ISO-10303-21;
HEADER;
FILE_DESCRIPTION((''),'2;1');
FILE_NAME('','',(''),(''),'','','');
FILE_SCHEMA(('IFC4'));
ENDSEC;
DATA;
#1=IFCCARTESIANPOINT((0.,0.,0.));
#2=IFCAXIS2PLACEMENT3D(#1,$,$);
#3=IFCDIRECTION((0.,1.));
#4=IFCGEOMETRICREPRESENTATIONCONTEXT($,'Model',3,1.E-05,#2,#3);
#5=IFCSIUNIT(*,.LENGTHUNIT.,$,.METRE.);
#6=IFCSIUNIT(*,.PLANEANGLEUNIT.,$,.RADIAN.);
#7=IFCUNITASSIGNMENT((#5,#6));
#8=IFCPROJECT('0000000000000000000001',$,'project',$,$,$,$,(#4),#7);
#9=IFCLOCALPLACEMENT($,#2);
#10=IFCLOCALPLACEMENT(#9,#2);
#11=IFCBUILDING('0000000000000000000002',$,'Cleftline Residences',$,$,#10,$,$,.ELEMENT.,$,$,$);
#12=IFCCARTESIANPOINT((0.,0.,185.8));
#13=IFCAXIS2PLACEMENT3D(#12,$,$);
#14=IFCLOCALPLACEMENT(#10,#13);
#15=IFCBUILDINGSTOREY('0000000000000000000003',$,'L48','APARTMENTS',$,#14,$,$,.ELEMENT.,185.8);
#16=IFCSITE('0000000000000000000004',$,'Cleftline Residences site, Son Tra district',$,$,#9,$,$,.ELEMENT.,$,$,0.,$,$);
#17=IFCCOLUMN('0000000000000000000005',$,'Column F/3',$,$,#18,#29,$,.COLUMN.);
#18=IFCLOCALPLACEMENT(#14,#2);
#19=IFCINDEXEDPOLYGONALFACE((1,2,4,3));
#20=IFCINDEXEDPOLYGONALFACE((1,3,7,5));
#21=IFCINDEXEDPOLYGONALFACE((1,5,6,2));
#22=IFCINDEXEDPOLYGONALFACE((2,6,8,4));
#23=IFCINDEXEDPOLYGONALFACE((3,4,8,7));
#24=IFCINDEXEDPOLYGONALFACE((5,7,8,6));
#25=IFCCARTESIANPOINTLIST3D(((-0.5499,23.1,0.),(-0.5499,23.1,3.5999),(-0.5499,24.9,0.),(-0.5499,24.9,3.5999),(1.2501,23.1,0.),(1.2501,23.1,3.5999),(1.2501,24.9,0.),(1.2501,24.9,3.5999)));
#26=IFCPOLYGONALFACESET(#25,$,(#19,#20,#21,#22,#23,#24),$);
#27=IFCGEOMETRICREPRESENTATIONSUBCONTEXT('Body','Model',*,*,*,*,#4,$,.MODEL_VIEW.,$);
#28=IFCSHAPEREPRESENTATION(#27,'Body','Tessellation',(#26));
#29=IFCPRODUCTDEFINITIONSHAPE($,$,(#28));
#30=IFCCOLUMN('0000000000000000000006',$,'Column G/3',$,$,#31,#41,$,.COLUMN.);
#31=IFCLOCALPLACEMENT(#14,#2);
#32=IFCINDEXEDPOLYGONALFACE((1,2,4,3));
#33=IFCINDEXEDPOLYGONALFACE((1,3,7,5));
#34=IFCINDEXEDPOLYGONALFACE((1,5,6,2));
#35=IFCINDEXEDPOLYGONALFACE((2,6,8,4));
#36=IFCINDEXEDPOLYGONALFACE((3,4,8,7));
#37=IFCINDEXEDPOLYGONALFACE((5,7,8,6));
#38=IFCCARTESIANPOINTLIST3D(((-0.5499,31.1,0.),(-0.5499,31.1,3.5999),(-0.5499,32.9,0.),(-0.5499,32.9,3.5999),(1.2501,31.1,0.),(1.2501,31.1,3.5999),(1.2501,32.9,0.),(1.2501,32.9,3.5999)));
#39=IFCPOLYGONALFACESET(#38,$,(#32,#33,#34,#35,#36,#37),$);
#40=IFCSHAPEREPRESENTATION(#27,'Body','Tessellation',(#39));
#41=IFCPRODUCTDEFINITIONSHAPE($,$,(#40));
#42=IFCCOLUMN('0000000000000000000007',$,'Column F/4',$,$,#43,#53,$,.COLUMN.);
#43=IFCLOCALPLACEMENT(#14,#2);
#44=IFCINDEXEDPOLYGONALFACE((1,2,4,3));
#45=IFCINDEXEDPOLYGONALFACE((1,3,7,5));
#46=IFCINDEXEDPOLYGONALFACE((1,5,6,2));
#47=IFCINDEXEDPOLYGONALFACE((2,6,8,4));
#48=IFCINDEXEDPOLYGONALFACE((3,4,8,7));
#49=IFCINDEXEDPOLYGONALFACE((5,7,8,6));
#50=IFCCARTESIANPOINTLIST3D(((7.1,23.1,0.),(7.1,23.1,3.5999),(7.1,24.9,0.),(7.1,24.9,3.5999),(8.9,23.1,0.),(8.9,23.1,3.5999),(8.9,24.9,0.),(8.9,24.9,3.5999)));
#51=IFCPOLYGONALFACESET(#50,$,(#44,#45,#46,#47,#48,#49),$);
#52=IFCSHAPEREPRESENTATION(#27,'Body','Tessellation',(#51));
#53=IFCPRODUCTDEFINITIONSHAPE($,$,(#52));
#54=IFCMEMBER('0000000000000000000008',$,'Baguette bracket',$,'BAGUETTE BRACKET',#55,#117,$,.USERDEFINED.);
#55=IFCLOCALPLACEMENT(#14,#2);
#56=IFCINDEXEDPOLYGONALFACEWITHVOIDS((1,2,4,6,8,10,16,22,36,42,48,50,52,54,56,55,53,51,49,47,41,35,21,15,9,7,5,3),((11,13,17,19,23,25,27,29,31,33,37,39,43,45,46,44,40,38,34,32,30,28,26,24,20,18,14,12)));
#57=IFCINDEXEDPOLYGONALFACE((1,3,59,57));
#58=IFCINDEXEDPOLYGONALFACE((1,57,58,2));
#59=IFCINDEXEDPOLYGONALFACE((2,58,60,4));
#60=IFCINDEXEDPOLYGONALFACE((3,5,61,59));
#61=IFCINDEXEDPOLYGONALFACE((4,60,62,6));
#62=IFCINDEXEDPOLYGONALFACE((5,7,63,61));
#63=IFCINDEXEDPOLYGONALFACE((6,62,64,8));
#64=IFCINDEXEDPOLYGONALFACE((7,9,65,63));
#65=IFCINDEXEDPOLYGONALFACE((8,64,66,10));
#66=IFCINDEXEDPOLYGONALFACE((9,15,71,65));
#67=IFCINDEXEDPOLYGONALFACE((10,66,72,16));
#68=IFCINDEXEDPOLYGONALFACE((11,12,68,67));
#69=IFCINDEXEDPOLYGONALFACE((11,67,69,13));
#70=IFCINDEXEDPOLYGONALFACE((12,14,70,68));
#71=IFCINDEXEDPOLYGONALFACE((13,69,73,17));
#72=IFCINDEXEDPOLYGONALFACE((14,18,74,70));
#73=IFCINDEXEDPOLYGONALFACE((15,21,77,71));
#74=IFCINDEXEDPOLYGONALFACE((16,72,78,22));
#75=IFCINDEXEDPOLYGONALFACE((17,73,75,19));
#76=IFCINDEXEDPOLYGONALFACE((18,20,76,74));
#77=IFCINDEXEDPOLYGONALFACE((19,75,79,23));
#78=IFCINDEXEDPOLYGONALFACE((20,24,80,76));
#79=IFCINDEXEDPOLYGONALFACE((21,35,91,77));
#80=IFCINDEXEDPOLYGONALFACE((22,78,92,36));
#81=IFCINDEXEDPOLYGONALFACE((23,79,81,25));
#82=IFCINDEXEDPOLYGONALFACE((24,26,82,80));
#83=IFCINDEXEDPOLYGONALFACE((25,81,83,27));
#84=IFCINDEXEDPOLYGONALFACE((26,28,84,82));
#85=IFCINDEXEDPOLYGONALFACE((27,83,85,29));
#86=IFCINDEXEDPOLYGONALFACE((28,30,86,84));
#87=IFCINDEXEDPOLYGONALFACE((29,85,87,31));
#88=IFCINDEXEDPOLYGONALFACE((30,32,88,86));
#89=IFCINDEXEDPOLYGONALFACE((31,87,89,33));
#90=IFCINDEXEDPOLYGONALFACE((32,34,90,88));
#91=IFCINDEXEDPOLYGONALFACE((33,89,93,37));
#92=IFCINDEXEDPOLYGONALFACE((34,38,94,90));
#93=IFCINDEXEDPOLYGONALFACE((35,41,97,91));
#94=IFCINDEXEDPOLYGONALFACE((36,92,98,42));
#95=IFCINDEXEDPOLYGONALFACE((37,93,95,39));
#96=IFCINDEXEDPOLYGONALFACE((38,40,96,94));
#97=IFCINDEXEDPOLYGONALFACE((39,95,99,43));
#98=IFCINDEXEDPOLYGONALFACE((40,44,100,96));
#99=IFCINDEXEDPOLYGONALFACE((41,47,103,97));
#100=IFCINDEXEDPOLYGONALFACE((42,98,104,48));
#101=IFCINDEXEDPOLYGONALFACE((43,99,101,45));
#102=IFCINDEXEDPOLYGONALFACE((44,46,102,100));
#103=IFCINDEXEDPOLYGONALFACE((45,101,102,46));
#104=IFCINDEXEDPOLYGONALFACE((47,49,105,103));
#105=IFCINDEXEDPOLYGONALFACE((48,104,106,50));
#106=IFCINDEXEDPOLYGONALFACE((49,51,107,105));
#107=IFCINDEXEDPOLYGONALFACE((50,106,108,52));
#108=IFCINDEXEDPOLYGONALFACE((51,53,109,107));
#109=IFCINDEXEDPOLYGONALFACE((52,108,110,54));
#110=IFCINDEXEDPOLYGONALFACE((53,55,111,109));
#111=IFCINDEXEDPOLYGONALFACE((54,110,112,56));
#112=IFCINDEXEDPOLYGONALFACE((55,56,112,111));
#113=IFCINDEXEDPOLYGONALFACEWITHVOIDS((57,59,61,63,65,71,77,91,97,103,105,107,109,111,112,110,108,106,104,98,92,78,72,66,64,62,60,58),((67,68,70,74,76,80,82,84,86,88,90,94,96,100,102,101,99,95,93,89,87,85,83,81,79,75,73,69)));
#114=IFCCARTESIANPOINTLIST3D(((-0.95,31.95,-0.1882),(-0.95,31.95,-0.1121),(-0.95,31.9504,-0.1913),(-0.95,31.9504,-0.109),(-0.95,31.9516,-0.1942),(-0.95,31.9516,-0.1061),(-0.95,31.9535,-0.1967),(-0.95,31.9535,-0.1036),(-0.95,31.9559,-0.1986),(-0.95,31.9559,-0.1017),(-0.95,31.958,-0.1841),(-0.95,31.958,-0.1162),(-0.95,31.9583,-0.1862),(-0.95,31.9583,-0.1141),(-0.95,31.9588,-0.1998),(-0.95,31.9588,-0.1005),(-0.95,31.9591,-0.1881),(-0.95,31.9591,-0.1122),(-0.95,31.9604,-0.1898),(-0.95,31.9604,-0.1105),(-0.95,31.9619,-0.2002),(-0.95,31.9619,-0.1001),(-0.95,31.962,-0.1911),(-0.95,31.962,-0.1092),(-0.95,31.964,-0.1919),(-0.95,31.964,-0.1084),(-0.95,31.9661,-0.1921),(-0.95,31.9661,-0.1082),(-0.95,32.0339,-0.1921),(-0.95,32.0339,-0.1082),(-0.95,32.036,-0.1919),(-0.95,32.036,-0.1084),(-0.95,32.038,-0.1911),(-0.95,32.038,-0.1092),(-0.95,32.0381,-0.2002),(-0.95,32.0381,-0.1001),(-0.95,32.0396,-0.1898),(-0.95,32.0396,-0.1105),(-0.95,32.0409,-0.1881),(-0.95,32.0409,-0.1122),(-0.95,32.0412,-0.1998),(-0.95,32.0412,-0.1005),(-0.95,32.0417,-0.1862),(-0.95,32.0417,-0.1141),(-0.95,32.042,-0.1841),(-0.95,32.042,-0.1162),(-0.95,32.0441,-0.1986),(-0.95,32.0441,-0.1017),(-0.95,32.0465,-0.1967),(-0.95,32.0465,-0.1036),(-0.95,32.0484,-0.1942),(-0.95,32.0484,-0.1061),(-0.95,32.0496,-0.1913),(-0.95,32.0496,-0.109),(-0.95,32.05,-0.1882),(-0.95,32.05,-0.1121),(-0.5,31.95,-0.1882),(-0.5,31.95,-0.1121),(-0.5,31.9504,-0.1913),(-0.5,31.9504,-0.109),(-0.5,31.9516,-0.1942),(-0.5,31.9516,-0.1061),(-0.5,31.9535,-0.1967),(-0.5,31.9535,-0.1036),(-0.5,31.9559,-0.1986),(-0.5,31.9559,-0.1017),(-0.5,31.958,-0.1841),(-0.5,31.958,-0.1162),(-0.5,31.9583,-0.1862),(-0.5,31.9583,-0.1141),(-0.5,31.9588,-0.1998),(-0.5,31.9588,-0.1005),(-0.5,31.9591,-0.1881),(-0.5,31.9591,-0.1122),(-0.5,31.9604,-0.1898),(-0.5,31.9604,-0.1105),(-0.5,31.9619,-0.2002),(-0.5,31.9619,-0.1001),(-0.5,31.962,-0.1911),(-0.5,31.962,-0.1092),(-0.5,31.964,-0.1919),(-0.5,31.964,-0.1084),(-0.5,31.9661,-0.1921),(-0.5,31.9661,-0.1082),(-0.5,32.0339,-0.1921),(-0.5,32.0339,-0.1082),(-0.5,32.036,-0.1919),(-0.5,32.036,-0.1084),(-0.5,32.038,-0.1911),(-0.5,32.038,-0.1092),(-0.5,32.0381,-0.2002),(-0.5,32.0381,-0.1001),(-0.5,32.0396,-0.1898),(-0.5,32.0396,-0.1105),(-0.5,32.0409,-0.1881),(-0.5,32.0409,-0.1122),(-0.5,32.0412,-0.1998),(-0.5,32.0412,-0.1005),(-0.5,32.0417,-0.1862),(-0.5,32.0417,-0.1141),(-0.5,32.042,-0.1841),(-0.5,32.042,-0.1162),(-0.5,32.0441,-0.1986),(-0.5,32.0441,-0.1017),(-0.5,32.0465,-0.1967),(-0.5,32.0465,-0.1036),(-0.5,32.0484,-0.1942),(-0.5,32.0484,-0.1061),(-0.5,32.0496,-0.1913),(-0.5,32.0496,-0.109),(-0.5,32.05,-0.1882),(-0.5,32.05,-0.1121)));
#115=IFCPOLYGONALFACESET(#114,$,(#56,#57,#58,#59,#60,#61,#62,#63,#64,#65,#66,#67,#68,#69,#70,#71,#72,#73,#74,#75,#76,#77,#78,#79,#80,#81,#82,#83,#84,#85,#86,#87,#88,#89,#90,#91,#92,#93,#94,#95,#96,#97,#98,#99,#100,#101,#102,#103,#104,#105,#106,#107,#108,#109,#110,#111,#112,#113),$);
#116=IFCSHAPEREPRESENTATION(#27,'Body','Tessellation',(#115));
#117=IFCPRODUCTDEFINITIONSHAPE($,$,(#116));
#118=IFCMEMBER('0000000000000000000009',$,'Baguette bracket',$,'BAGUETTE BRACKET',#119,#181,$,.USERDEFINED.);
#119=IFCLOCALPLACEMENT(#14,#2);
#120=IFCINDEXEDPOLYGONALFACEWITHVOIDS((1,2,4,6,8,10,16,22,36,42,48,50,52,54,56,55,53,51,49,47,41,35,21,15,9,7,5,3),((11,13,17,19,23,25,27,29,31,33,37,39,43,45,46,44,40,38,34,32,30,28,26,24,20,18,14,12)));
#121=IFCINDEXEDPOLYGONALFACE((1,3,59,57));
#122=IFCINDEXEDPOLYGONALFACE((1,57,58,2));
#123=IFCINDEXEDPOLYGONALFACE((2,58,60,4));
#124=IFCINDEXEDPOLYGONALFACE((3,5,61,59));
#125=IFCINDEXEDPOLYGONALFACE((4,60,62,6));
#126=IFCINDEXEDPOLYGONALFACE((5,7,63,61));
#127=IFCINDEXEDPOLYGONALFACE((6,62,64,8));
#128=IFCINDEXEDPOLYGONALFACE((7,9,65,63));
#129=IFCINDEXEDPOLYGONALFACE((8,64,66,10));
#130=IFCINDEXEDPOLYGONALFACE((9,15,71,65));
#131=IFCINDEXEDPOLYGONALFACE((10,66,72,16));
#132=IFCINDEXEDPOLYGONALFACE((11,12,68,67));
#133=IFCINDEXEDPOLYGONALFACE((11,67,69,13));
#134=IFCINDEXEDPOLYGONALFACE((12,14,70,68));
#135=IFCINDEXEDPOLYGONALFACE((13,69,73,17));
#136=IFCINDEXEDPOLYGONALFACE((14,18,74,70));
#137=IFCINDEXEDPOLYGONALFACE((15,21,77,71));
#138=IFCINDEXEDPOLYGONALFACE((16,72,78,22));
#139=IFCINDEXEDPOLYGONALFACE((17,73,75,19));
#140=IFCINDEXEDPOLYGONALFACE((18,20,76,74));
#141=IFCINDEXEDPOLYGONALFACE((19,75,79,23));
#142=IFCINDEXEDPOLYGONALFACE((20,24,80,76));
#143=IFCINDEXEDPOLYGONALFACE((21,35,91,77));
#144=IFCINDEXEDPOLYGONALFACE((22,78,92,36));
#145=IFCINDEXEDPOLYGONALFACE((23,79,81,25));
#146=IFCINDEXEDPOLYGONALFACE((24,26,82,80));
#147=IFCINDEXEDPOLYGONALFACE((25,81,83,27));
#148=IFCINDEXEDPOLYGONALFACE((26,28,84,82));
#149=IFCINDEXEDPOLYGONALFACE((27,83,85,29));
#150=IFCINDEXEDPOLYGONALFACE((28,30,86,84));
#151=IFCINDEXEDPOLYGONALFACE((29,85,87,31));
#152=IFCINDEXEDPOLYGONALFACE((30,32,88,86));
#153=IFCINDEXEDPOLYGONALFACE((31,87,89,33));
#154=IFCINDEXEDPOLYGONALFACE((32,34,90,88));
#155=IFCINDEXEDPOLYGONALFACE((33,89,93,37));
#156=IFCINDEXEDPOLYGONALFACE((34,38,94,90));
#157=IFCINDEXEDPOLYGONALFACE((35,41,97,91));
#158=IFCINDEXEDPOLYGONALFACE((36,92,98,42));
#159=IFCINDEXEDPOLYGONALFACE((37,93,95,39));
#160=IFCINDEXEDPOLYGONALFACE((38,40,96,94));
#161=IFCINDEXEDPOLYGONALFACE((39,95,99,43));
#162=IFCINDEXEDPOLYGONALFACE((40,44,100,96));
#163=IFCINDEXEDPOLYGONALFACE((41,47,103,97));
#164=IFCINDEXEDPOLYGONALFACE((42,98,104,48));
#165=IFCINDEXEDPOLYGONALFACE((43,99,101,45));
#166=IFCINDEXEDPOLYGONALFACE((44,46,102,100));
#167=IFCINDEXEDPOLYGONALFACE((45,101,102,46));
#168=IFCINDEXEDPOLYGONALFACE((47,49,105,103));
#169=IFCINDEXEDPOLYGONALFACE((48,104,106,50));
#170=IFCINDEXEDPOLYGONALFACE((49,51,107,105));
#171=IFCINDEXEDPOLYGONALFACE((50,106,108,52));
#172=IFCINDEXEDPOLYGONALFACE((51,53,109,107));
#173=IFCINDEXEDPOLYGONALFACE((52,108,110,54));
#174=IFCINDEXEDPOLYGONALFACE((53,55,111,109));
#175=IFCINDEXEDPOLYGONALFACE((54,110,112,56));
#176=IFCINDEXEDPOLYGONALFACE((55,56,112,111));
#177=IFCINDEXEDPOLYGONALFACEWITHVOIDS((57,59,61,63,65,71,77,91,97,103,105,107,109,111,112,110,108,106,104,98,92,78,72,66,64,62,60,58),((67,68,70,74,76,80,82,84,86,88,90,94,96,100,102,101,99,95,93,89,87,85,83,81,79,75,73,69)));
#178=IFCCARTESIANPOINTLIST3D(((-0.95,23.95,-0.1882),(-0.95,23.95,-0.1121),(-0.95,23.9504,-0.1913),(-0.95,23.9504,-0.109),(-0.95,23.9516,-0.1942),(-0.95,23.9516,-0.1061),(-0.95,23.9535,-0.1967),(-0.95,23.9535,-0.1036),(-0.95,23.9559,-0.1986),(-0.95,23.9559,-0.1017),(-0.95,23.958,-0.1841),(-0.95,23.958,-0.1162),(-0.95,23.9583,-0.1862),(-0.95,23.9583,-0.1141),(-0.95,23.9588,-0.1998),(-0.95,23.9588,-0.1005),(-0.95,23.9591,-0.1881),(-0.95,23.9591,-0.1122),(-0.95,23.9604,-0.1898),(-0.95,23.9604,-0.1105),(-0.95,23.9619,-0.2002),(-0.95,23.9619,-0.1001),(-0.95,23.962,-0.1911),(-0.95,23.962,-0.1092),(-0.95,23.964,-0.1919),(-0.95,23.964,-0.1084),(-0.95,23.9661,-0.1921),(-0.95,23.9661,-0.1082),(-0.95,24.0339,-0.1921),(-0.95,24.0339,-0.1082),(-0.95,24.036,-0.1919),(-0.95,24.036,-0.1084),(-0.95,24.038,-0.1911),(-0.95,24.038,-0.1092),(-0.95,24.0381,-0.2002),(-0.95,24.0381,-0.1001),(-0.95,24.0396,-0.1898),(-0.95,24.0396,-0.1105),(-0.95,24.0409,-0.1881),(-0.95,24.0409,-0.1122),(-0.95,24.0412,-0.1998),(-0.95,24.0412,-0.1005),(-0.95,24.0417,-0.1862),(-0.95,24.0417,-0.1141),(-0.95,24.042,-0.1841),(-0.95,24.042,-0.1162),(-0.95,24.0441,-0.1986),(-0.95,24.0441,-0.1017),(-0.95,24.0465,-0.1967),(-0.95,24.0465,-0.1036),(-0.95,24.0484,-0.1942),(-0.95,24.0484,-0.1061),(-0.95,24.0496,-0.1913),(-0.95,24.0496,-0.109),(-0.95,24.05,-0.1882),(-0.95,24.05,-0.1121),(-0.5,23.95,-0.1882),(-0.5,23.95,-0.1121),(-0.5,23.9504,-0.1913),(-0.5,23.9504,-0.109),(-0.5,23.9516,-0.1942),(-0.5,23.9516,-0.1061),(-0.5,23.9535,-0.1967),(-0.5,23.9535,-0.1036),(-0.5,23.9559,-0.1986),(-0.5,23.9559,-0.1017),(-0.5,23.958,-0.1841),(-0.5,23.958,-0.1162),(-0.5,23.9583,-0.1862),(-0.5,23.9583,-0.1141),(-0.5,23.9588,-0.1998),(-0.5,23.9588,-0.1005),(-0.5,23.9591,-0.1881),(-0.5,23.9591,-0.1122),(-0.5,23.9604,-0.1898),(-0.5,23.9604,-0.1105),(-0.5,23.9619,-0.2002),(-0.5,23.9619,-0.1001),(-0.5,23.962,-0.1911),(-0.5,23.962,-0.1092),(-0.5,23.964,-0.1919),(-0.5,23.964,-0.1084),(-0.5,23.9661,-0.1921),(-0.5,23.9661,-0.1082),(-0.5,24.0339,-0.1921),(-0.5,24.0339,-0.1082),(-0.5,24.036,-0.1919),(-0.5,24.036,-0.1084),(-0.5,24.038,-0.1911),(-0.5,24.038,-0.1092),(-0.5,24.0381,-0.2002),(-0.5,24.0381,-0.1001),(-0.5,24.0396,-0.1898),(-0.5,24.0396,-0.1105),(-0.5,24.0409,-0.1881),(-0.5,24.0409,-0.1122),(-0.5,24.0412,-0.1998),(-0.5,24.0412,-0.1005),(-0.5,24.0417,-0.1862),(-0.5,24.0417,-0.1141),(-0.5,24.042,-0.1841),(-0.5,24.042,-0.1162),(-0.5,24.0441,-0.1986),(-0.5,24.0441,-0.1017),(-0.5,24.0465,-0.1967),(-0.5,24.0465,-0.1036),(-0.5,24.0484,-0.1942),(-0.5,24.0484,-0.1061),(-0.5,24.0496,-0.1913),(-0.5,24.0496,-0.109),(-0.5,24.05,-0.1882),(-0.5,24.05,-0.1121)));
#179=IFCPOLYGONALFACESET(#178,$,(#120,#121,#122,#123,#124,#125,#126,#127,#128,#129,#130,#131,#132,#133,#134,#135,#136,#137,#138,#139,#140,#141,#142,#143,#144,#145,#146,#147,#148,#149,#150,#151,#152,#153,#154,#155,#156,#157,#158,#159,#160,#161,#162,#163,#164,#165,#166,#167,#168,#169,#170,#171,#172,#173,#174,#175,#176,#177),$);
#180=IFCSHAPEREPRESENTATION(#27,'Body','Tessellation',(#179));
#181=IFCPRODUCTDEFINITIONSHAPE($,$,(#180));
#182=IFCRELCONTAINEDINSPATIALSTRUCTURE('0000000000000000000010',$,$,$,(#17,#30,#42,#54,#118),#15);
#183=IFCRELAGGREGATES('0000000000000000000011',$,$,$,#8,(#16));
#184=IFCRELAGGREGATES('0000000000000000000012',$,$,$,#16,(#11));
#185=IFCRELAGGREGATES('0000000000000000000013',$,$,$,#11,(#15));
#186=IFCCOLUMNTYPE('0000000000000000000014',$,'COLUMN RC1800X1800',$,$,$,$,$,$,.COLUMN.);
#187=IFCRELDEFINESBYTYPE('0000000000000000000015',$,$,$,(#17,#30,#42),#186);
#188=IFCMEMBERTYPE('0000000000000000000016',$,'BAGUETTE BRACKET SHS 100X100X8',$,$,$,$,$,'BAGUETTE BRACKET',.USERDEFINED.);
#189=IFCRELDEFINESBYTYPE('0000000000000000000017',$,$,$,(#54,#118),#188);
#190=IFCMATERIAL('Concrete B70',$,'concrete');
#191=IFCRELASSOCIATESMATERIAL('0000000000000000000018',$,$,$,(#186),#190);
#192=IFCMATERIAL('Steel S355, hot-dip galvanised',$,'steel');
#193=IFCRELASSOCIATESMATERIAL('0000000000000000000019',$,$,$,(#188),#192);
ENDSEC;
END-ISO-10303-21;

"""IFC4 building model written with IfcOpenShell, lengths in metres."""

from ifc_helpers import new_model, si_unit, direction, frame, origin, origin_2d, place, context, subcontext, project, spatial, rectangle, hollow_rectangle, extrude, material, material_profile, profile_set, type_object, element, save


model = new_model("IFC4")

# Units and contexts
model_context = context("Model", 3, precision=1e-05, world=origin(), true_north=direction((0.0, 1.0)))
body_context = subcontext(model_context, "Body", "Model", "MODEL_VIEW")
ifc_project = project(units=[si_unit("LENGTHUNIT", "METRE"), si_unit("PLANEANGLEUNIT", "RADIAN")], contexts=[model_context])

# Site, building, storey
site_placement = place(None, origin())
site = spatial("IfcSite", under=ifc_project, at=site_placement, Name="Cleftline Residences site, Son Tra district", CompositionType="ELEMENT", RefElevation=0.0)
building_placement = place(site_placement, origin())
building = spatial("IfcBuilding", under=site, at=building_placement, Name="Cleftline Residences", CompositionType="ELEMENT")
storey_placement = place(building_placement, frame((0.0, 0.0, 185.8)))
storey = spatial("IfcBuildingStorey", under=building, at=storey_placement, Name="L48", Description="APARTMENTS", CompositionType="ELEMENT", Elevation=185.8)

# Columns
ifc_material_1 = material(Name="Concrete B70", Category="concrete")
ifc_material_profile_1 = material_profile(ifc_material_1, rectangle(XDim=1.8, YDim=1.8, at=origin_2d()))
ifc_profile_set_1 = profile_set([ifc_material_profile_1], Name="Concrete B70")
column_type = type_object("IfcColumnType", Name="COLUMN RC1800X1800", PredefinedType="COLUMN", material=ifc_profile_set_1)
for number, where, z_axis, x_axis, name in (
    (1, (0.3501, 24.0, 0.0), (0.0, 0.0, 1.0), (1.0, 0.0, 0.0), "Column F/3"),
    (2, (0.3501, 32.0, 0.0), (0.0, 0.0, 1.0), (1.0, 0.0, 0.0), "Column G/3"),
    (3, (8.0, 24.0, 0.0), (0.0, 0.0, 1.0), (1.0, 0.0, 0.0), "Column F/4"),
):
    element("IfcColumn", number, at=place(storey_placement, frame(where, z_axis=z_axis, x_axis=x_axis)), inside=storey, type_object=column_type, Name=name, PredefinedType="COLUMN", context=body_context, shape_type="SweptSolid", body=[
        extrude(rectangle(XDim=1.8, YDim=1.8, at=origin_2d()), origin(), (0.0, 0.0, 1.0), 3.5999),
    ])

# Members
ifc_material_2 = material(Name="Steel S355, hot-dip galvanised", Category="steel")
ifc_material_profile_2 = material_profile(ifc_material_2, hollow_rectangle(XDim=0.1001, YDim=0.1001, WallThickness=0.0081, InnerFilletRadius=0.0081, OuterFilletRadius=0.012, at=origin_2d()))
ifc_profile_set_2 = profile_set([ifc_material_profile_2], Name="Steel S355, hot-dip galvanised")
member_type_1 = type_object("IfcMemberType", Name="BAGUETTE BRACKET SHS 100X100X8", ElementType="BAGUETTE BRACKET", PredefinedType="USERDEFINED", material=ifc_profile_set_2)
for number, where, z_axis, x_axis, name in (
    (4, (-0.5, 32.0, -0.1501), (-1.0, 0.0, 0.0), (0.0, -1.0, 0.0), "Baguette bracket"),
    (5, (-0.5, 24.0, -0.1501), (-1.0, 0.0, 0.0), (0.0, -1.0, 0.0), "Baguette bracket"),
):
    element("IfcMember", number, at=place(storey_placement, frame(where, z_axis=z_axis, x_axis=x_axis)), inside=storey, type_object=member_type_1, Name=name, ObjectType="BAGUETTE BRACKET", PredefinedType="USERDEFINED", context=body_context, shape_type="SweptSolid", body=[
        extrude(hollow_rectangle(XDim=0.1001, YDim=0.1001, WallThickness=0.0081, InnerFilletRadius=0.0081, OuterFilletRadius=0.012, at=origin_2d()), origin(), (0.0, 0.0, 1.0), 0.45),
    ])

save(model, "model.ifc")
